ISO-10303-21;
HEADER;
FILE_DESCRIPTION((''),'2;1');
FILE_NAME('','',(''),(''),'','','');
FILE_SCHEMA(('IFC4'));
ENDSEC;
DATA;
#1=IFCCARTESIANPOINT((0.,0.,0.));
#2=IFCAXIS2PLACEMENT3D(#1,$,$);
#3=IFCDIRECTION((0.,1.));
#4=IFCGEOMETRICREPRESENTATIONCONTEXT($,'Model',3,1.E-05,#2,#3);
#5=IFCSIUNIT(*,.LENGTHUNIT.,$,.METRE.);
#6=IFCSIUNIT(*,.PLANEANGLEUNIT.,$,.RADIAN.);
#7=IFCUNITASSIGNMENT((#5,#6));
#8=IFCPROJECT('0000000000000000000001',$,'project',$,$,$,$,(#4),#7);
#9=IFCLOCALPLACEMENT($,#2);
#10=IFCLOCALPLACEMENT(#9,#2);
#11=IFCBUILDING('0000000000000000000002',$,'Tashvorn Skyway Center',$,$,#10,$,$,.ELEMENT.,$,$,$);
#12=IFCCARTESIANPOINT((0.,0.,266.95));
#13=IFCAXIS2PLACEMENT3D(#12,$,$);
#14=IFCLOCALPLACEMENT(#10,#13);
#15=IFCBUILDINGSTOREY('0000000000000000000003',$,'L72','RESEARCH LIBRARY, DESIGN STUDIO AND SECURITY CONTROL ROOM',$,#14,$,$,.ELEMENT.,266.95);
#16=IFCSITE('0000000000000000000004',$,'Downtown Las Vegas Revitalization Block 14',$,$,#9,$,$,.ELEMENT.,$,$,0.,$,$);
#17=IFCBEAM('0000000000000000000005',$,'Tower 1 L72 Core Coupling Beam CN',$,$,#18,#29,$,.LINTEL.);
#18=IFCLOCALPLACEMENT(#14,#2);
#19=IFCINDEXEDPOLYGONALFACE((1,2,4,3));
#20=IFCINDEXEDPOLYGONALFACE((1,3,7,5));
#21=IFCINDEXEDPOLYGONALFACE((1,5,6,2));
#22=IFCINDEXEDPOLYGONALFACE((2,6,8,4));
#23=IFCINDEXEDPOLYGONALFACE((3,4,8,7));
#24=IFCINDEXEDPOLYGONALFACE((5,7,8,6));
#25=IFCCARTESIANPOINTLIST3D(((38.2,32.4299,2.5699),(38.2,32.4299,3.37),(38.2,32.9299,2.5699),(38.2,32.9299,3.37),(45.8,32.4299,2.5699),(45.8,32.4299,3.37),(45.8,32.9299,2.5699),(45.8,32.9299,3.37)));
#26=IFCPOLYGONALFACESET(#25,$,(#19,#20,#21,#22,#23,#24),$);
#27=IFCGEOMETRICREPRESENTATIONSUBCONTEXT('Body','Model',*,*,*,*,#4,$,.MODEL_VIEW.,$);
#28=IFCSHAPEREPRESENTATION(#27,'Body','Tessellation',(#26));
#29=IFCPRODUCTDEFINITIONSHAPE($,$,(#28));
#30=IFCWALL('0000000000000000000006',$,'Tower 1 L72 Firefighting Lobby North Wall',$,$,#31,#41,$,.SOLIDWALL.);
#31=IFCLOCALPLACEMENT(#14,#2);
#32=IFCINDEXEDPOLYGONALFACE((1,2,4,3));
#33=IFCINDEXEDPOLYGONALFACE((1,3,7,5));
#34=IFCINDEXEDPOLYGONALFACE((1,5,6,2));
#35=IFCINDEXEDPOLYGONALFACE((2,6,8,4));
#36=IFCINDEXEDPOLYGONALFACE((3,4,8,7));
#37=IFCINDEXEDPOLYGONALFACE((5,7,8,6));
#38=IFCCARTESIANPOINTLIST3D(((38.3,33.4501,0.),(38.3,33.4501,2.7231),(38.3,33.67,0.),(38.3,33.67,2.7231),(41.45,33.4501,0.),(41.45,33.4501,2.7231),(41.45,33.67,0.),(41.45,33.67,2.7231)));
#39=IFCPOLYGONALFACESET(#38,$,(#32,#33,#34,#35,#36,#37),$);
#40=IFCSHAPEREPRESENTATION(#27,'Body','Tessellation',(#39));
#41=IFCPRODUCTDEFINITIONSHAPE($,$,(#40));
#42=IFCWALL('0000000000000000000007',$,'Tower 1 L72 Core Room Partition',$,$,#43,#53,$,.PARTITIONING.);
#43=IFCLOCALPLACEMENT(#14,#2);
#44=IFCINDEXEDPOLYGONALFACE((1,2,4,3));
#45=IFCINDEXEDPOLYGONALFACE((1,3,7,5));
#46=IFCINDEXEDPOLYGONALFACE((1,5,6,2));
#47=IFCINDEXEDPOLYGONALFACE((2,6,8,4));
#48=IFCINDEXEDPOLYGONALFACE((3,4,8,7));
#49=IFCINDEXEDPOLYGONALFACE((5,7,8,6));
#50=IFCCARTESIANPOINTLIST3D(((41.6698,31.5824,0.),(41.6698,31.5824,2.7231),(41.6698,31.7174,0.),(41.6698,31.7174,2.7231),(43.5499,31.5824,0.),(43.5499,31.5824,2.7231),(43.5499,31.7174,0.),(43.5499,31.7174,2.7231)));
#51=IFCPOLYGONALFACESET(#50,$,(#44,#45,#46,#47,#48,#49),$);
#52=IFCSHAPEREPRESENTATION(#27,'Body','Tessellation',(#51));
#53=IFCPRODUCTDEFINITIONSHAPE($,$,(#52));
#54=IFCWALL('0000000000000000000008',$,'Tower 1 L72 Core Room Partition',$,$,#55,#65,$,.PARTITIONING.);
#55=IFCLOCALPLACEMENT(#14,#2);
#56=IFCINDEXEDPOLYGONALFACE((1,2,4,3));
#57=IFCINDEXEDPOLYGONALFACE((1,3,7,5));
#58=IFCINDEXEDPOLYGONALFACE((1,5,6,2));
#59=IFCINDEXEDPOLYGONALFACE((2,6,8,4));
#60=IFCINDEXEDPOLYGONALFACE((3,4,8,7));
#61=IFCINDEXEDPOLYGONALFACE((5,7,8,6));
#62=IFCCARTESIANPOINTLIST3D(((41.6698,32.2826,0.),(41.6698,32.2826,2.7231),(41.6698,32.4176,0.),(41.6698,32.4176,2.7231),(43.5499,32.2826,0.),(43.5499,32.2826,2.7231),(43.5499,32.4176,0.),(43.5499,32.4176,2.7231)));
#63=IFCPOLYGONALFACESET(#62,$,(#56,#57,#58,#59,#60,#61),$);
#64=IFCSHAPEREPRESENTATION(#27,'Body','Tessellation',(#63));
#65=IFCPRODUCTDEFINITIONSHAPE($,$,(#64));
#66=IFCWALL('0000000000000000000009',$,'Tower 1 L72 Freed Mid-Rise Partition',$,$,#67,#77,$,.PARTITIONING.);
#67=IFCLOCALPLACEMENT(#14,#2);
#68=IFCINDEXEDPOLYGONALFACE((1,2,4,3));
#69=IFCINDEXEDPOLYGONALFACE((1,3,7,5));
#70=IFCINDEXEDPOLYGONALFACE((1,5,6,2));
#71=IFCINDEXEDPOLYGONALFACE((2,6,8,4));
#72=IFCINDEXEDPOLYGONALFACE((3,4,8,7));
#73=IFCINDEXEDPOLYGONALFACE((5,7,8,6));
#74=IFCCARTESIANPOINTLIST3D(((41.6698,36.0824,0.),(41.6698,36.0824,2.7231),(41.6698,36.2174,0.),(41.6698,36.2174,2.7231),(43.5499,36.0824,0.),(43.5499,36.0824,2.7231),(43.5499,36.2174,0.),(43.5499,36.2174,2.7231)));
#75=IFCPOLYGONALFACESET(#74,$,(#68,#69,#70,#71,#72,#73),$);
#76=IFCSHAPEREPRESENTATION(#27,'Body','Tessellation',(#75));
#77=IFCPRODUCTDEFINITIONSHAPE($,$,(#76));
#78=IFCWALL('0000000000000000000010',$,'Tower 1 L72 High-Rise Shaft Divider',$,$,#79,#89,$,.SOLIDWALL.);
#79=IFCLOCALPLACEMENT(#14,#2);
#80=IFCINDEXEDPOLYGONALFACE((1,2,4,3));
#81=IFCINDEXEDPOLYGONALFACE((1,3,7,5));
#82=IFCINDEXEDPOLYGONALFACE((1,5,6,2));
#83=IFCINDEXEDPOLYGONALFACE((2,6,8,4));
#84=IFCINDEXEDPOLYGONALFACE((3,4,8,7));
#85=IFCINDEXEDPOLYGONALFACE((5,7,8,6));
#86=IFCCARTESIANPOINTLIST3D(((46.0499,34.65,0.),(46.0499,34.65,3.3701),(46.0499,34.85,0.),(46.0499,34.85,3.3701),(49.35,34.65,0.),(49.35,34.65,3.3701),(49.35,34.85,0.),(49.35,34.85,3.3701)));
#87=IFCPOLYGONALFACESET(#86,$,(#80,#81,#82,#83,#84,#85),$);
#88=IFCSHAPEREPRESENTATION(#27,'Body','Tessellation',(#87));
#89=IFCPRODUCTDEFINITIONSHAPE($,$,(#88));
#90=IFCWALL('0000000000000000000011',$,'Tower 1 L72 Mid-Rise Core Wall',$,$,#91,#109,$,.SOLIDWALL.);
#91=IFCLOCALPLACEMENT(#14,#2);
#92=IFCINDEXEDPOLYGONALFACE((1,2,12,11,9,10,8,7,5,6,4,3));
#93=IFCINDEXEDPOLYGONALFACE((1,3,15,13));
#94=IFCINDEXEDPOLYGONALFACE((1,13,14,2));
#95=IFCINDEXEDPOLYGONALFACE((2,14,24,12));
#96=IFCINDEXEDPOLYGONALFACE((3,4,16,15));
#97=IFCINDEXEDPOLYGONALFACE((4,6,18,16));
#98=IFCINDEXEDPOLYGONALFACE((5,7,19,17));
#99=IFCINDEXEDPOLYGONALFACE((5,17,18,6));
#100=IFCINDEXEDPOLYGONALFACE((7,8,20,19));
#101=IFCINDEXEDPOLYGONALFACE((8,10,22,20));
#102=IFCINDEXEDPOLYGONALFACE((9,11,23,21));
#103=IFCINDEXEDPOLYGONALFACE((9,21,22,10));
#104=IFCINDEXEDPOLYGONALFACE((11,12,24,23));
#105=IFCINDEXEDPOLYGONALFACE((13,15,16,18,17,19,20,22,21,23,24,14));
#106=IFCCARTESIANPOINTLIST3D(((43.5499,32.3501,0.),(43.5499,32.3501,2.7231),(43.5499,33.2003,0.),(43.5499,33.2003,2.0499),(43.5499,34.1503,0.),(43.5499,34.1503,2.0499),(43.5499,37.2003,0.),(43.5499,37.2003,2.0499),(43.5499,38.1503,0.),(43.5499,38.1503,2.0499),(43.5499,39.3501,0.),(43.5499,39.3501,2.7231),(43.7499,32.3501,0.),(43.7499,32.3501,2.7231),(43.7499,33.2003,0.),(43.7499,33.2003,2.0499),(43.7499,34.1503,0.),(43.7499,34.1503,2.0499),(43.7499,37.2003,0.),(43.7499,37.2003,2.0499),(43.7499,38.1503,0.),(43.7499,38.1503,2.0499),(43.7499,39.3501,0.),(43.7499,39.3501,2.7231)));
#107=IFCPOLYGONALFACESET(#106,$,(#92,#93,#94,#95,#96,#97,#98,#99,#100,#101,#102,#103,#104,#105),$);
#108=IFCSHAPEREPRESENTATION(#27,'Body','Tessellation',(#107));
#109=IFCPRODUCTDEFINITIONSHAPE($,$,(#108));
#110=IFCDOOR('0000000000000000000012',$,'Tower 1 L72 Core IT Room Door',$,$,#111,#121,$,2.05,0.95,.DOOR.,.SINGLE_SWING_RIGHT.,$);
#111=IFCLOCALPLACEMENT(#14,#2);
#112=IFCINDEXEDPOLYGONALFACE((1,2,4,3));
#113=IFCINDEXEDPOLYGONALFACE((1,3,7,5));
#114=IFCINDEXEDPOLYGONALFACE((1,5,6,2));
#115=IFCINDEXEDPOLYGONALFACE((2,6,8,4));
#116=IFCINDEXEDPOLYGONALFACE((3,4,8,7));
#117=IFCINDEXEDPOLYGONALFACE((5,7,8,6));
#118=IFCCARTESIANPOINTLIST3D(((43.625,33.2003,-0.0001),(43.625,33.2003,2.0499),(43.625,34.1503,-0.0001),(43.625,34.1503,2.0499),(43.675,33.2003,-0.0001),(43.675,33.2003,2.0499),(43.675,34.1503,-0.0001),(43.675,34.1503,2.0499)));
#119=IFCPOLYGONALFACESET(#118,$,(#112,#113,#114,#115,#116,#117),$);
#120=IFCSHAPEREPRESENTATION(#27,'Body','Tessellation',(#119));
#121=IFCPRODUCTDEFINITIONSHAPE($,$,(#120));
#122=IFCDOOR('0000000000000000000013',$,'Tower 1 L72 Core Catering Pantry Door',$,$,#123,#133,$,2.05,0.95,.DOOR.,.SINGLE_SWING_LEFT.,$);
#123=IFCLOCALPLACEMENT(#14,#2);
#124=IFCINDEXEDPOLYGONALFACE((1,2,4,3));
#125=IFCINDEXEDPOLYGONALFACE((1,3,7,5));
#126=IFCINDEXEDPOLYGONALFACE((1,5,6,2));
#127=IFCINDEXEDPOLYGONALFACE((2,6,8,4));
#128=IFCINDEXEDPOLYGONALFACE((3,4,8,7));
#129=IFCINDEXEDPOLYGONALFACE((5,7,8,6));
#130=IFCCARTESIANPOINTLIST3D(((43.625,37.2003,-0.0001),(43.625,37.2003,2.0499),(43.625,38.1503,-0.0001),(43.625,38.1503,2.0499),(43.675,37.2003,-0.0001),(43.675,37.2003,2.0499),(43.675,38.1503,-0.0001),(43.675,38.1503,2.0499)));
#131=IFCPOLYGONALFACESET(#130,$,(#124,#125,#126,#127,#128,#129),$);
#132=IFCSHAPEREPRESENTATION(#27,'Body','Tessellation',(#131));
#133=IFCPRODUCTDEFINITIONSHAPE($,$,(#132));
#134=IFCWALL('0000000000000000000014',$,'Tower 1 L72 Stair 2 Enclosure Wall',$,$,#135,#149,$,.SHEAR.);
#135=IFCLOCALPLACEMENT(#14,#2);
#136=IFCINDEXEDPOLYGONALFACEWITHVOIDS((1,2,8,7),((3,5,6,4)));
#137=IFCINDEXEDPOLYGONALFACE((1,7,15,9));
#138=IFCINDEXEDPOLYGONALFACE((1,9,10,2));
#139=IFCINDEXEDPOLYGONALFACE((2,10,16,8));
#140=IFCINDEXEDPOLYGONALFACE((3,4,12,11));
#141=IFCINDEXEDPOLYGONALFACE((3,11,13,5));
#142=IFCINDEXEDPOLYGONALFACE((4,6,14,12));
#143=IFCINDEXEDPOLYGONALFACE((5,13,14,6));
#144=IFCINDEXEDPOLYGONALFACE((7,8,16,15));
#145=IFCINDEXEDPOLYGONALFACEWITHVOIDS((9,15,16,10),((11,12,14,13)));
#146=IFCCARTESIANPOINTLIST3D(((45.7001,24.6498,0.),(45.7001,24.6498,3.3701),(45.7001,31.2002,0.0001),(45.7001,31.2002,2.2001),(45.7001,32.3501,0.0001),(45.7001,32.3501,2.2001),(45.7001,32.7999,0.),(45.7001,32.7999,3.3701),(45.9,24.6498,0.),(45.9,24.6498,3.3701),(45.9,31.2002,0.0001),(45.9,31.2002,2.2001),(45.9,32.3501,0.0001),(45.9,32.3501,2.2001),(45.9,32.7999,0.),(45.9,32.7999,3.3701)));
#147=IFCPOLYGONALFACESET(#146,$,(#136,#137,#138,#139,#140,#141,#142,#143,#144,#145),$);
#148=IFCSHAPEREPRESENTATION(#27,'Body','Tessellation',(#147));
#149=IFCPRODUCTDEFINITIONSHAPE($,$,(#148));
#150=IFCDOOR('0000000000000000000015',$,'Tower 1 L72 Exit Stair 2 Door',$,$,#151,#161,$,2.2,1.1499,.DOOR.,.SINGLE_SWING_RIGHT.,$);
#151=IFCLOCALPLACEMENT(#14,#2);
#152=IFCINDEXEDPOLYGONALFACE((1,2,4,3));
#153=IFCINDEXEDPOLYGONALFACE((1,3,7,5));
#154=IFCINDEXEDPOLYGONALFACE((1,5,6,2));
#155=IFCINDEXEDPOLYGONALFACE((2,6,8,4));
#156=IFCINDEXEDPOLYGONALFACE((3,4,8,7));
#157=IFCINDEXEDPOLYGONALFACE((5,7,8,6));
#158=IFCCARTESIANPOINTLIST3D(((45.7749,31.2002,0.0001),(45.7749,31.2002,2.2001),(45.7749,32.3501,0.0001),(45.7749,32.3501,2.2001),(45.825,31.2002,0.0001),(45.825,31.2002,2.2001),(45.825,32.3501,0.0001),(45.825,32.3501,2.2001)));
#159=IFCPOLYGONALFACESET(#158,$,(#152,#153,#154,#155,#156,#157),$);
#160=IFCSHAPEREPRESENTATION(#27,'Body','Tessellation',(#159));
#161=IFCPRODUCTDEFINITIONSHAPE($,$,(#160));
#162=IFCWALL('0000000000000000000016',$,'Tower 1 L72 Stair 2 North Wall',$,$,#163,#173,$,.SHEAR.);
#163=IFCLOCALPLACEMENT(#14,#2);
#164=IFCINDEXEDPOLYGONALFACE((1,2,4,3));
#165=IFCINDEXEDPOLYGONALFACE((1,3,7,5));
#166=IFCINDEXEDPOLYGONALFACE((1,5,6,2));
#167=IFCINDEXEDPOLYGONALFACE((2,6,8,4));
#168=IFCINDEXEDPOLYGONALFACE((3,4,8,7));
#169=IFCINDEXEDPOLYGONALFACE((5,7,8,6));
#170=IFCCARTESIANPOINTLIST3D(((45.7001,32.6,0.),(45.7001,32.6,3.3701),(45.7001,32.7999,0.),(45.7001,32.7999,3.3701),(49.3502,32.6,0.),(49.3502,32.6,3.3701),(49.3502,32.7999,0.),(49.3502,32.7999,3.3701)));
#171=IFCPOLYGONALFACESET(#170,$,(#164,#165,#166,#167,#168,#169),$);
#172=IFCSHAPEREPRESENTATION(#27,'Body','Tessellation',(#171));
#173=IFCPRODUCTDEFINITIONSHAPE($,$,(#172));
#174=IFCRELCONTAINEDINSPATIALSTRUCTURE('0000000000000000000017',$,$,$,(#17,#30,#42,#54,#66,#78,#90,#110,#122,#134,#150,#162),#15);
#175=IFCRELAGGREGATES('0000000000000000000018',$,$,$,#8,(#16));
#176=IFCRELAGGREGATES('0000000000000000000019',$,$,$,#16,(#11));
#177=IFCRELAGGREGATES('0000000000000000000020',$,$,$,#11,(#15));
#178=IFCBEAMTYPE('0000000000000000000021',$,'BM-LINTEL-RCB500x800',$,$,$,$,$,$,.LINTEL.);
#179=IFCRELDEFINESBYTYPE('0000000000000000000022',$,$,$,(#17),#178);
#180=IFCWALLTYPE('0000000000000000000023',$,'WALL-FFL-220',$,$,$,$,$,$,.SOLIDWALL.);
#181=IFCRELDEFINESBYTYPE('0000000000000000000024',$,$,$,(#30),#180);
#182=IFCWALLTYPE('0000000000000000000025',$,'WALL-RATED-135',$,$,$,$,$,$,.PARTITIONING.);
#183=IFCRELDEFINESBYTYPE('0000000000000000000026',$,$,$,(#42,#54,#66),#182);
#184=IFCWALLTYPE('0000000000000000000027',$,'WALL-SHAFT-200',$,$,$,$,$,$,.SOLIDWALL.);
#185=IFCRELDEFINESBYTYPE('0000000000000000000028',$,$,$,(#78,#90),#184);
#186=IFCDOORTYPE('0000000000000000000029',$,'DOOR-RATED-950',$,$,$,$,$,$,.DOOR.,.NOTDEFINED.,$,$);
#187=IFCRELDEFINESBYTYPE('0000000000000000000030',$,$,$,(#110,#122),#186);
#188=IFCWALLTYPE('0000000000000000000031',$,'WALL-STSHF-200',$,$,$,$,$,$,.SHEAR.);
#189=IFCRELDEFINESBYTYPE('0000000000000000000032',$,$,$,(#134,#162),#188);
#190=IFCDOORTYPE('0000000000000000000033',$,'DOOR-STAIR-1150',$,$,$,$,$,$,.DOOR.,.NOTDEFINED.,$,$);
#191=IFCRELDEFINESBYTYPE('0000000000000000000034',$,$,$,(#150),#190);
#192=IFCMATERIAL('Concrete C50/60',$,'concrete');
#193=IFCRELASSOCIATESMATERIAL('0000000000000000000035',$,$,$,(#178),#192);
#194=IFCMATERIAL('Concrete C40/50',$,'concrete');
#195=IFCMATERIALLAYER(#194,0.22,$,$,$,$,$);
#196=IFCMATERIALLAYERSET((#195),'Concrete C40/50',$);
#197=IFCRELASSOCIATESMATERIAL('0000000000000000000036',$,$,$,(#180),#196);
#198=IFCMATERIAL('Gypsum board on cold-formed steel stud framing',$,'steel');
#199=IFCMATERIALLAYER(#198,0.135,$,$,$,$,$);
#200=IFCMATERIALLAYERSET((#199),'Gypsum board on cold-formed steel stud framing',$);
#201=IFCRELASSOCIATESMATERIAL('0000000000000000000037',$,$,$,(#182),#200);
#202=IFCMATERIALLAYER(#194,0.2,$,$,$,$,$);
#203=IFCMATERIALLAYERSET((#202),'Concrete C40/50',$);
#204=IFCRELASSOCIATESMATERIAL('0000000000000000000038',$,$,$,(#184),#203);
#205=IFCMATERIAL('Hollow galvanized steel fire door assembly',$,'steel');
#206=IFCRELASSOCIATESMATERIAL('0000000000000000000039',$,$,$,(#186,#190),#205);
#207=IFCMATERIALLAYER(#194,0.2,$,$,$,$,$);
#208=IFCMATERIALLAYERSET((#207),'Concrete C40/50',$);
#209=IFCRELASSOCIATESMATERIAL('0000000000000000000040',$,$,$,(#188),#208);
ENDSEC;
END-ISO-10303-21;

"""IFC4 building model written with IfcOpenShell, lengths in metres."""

from ifc_helpers import new_model, si_unit, direction, frame, frame_2d, origin, origin_2d, place, context, subcontext, project, spatial, rectangle, extrude, material, layer, layer_set, material_profile, profile_set, type_object, element, fill, save


model = new_model("IFC4")

# Units and contexts
model_context = context("Model", 3, precision=1e-05, world=origin(), true_north=direction((0.0, 1.0)))
body_context = subcontext(model_context, "Body", "Model", "MODEL_VIEW")
ifc_project = project(units=[si_unit("LENGTHUNIT", "METRE"), si_unit("PLANEANGLEUNIT", "RADIAN")], contexts=[model_context])

# Site, building, storey
site_placement = place(None, origin())
site = spatial("IfcSite", under=ifc_project, at=site_placement, Name="Downtown Las Vegas Revitalization Block 14", CompositionType="ELEMENT", RefElevation=0.0)
building_placement = place(site_placement, origin())
building = spatial("IfcBuilding", under=site, at=building_placement, Name="Tashvorn Skyway Center", CompositionType="ELEMENT")
storey_placement = place(building_placement, frame((0.0, 0.0, 266.95)))
storey = spatial("IfcBuildingStorey", under=building, at=storey_placement, Name="L72", Description="RESEARCH LIBRARY, DESIGN STUDIO AND SECURITY CONTROL ROOM", CompositionType="ELEMENT", Elevation=266.95)

# Beam
ifc_material_1 = material(Name="Concrete C50/60", Category="concrete")
ifc_material_profile = material_profile(ifc_material_1, rectangle(XDim=0.5, YDim=0.8, at=origin_2d()), Name="RCB500x800")
ifc_profile_set = profile_set([ifc_material_profile], Name="Concrete C50/60")
beam_type = type_object("IfcBeamType", Name="BM-LINTEL-RCB500x800", PredefinedType="LINTEL", material=ifc_profile_set)
beam_placement = place(storey_placement, frame((38.2, 32.6799, 2.97), z_axis=(1.0, 0.0, 0.0), x_axis=(0.0, 1.0, 0.0)))
element("IfcBeam", 1, at=beam_placement, inside=storey, type_object=beam_type, Name="Tower 1 L72 Core Coupling Beam CN", PredefinedType="LINTEL", context=body_context, shape_type="SweptSolid", body=[
    extrude(rectangle(XDim=0.5, YDim=0.8, at=origin_2d()), origin(), (0.0, 0.0, 1.0), 7.6001),
])

# Walls
ifc_material_2 = material(Name="Concrete C40/50", Category="concrete")
ifc_layer_1 = layer(ifc_material_2, 0.22)
ifc_layer_set_1 = layer_set([ifc_layer_1], Name="Concrete C40/50")
wall_type_1 = type_object("IfcWallType", Name="WALL-FFL-220", PredefinedType="SOLIDWALL", material=ifc_layer_set_1)
wall_1_placement = place(storey_placement, frame((38.3, 33.5601, 0.0), z_axis=(0.0, 0.0, 1.0), x_axis=(1.0, 0.0, 0.0)))
element("IfcWall", 2, at=wall_1_placement, inside=storey, type_object=wall_type_1, Name="Tower 1 L72 Firefighting Lobby North Wall", PredefinedType="SOLIDWALL", context=body_context, shape_type="SweptSolid", body=[
    extrude(rectangle(XDim=3.1499, YDim=0.22, at=frame_2d((1.575, 0.0))), origin(), (0.0, 0.0, 1.0), 2.7231),
])
ifc_material_3 = material(Name="Gypsum board on cold-formed steel stud framing", Category="steel")
ifc_layer_2 = layer(ifc_material_3, 0.135)
ifc_layer_set_2 = layer_set([ifc_layer_2], Name="Gypsum board on cold-formed steel stud framing")
wall_type_2 = type_object("IfcWallType", Name="WALL-RATED-135", PredefinedType="PARTITIONING", material=ifc_layer_set_2)
for number, where, z_axis, x_axis, name in (
    (3, (41.6699, 31.6499, 0.0), (0.0, 0.0, 1.0), (1.0, 0.0, 0.0), "Tower 1 L72 Core Room Partition"),
    (4, (41.6699, 32.3501, 0.0), (0.0, 0.0, 1.0), (1.0, 0.0, 0.0), "Tower 1 L72 Core Room Partition"),
    (5, (41.6699, 36.1499, 0.0), (0.0, 0.0, 1.0), (1.0, 0.0, 0.0), "Tower 1 L72 Freed Mid-Rise Partition"),
):
    element("IfcWall", number, at=place(storey_placement, frame(where, z_axis=z_axis, x_axis=x_axis)), inside=storey, type_object=wall_type_2, Name=name, PredefinedType="PARTITIONING", context=body_context, shape_type="SweptSolid", body=[
        extrude(rectangle(XDim=1.8801, YDim=0.135, at=frame_2d((0.9399, 0.0))), origin(), (0.0, 0.0, 1.0), 2.7231),
    ])
ifc_layer_3 = layer(ifc_material_2, 0.2)
ifc_layer_set_3 = layer_set([ifc_layer_3], Name="Concrete C40/50")
wall_type_3 = type_object("IfcWallType", Name="WALL-SHAFT-200", PredefinedType="SOLIDWALL", material=ifc_layer_set_3)
wall_2_placement = place(storey_placement, frame((46.05, 34.75, 0.0), z_axis=(0.0, 0.0, 1.0), x_axis=(1.0, 0.0, 0.0)))
element("IfcWall", 6, at=wall_2_placement, inside=storey, type_object=wall_type_3, Name="Tower 1 L72 High-Rise Shaft Divider", PredefinedType="SOLIDWALL", context=body_context, shape_type="SweptSolid", body=[
    extrude(rectangle(XDim=3.3, YDim=0.2, at=frame_2d((1.6499, 0.0))), origin(), (0.0, 0.0, 1.0), 3.3701),
])

# Wall, openings, doors
wall_3_placement = place(storey_placement, frame((43.6499, 32.3501, 0.0), z_axis=(0.0, 0.0, 1.0), x_axis=(0.0, 1.0, 0.0)))
wall_3 = element("IfcWall", 7, at=wall_3_placement, inside=storey, type_object=wall_type_3, Name="Tower 1 L72 Mid-Rise Core Wall", PredefinedType="SOLIDWALL", context=body_context, shape_type="SweptSolid", body=[
    extrude(rectangle(XDim=7.0, YDim=0.2, at=frame_2d((3.5, 0.0))), origin(), (0.0, 0.0, 1.0), 2.7231),
])
opening_1_placement = place(wall_3_placement, frame((0.8501, 0.0, 0.0)))
opening_1 = element("IfcOpeningElement", 8, at=opening_1_placement, cuts=wall_3, PredefinedType="OPENING", context=body_context, shape_type="SweptSolid", body=[
    extrude(rectangle(XDim=0.95, YDim=2.05, at=frame_2d((0.4751, 1.0249))), frame((0.0, 0.1099, 0.0), z_axis=(0.0, -1.0, 0.0), x_axis=(1.0, 0.0, 0.0)), (0.0, 0.0, 1.0), 0.22),
])
opening_2_placement = place(wall_3_placement, frame((4.8501, 0.0, 0.0)))
opening_2 = element("IfcOpeningElement", 9, at=opening_2_placement, cuts=wall_3, PredefinedType="OPENING", context=body_context, shape_type="SweptSolid", body=[
    extrude(rectangle(XDim=0.95, YDim=2.05, at=frame_2d((0.4751, 1.0249))), frame((0.0, 0.1099, 0.0), z_axis=(0.0, -1.0, 0.0), x_axis=(1.0, 0.0, 0.0)), (0.0, 0.0, 1.0), 0.22),
])
ifc_material_4 = material(Name="Hollow galvanized steel fire door assembly", Category="steel")
door_type_1 = type_object("IfcDoorType", Name="DOOR-RATED-950", OperationType="NOTDEFINED", PredefinedType="DOOR", material=ifc_material_4)
door_1_placement = place(opening_1_placement, origin())
door_1 = element("IfcDoor", 10, at=door_1_placement, inside=storey, type_object=door_type_1, Name="Tower 1 L72 Core IT Room Door", OperationType="SINGLE_SWING_RIGHT", OverallHeight=2.05, OverallWidth=0.95, PredefinedType="DOOR", context=body_context, shape_type="SweptSolid", body=[
    extrude(rectangle(XDim=0.95, YDim=2.05, at=frame_2d((0.4751, 1.0249))), frame((0.0, 0.0249, 0.0), z_axis=(0.0, -1.0, 0.0), x_axis=(1.0, 0.0, 0.0)), (0.0, 0.0, 1.0), 0.05),
])
fill(opening_1, door_1)
door_2_placement = place(opening_2_placement, origin())
door_2 = element("IfcDoor", 11, at=door_2_placement, inside=storey, type_object=door_type_1, Name="Tower 1 L72 Core Catering Pantry Door", OperationType="SINGLE_SWING_LEFT", OverallHeight=2.05, OverallWidth=0.95, PredefinedType="DOOR", context=body_context, shape_type="SweptSolid", body=[
    extrude(rectangle(XDim=0.95, YDim=2.05, at=frame_2d((0.4751, 1.0249))), frame((0.0, 0.0249, 0.0), z_axis=(0.0, -1.0, 0.0), x_axis=(1.0, 0.0, 0.0)), (0.0, 0.0, 1.0), 0.05),
])
fill(opening_2, door_2)

# Wall, opening, door
ifc_layer_4 = layer(ifc_material_2, 0.2)
ifc_layer_set_4 = layer_set([ifc_layer_4], Name="Concrete C40/50")
wall_type_4 = type_object("IfcWallType", Name="WALL-STSHF-200", PredefinedType="SHEAR", material=ifc_layer_set_4)
wall_4_placement = place(storey_placement, frame((45.8, 32.8, 0.0), z_axis=(0.0, 0.0, 1.0), x_axis=(0.0, -1.0, 0.0)))
wall_4 = element("IfcWall", 12, at=wall_4_placement, inside=storey, type_object=wall_type_4, Name="Tower 1 L72 Stair 2 Enclosure Wall", PredefinedType="SHEAR", context=body_context, shape_type="SweptSolid", body=[
    extrude(rectangle(XDim=8.1501, YDim=0.2, at=frame_2d((4.0752, 0.0))), origin(), (0.0, 0.0, 1.0), 3.3701),
])
opening_3_placement = place(wall_4_placement, frame((0.45, 0.0, 0.0)))
opening_3 = element("IfcOpeningElement", 13, at=opening_3_placement, cuts=wall_4, PredefinedType="OPENING", context=body_context, shape_type="SweptSolid", body=[
    extrude(rectangle(XDim=1.1499, YDim=2.2, at=frame_2d((0.575, 1.1001))), frame((0.0, 0.1099, 0.0), z_axis=(0.0, -1.0, 0.0), x_axis=(1.0, 0.0, 0.0)), (0.0, 0.0, 1.0), 0.22),
])
door_type_2 = type_object("IfcDoorType", Name="DOOR-STAIR-1150", OperationType="NOTDEFINED", PredefinedType="DOOR", material=ifc_material_4)
door_3_placement = place(opening_3_placement, origin())
door_3 = element("IfcDoor", 14, at=door_3_placement, inside=storey, type_object=door_type_2, Name="Tower 1 L72 Exit Stair 2 Door", OperationType="SINGLE_SWING_RIGHT", OverallHeight=2.2, OverallWidth=1.1499, PredefinedType="DOOR", context=body_context, shape_type="SweptSolid", body=[
    extrude(rectangle(XDim=1.1499, YDim=2.2, at=frame_2d((0.575, 1.1001))), frame((0.0, 0.0249, 0.0), z_axis=(0.0, -1.0, 0.0), x_axis=(1.0, 0.0, 0.0)), (0.0, 0.0, 1.0), 0.05),
])
fill(opening_3, door_3)

# Wall
wall_5_placement = place(storey_placement, frame((45.7, 32.7, 0.0), z_axis=(0.0, 0.0, 1.0), x_axis=(1.0, 0.0, 0.0)))
element("IfcWall", 15, at=wall_5_placement, inside=storey, type_object=wall_type_4, Name="Tower 1 L72 Stair 2 North Wall", PredefinedType="SHEAR", context=body_context, shape_type="SweptSolid", body=[
    extrude(rectangle(XDim=3.6501, YDim=0.2, at=frame_2d((1.8252, 0.0))), origin(), (0.0, 0.0, 1.0), 3.3701),
])

save(model, "model.ifc")
